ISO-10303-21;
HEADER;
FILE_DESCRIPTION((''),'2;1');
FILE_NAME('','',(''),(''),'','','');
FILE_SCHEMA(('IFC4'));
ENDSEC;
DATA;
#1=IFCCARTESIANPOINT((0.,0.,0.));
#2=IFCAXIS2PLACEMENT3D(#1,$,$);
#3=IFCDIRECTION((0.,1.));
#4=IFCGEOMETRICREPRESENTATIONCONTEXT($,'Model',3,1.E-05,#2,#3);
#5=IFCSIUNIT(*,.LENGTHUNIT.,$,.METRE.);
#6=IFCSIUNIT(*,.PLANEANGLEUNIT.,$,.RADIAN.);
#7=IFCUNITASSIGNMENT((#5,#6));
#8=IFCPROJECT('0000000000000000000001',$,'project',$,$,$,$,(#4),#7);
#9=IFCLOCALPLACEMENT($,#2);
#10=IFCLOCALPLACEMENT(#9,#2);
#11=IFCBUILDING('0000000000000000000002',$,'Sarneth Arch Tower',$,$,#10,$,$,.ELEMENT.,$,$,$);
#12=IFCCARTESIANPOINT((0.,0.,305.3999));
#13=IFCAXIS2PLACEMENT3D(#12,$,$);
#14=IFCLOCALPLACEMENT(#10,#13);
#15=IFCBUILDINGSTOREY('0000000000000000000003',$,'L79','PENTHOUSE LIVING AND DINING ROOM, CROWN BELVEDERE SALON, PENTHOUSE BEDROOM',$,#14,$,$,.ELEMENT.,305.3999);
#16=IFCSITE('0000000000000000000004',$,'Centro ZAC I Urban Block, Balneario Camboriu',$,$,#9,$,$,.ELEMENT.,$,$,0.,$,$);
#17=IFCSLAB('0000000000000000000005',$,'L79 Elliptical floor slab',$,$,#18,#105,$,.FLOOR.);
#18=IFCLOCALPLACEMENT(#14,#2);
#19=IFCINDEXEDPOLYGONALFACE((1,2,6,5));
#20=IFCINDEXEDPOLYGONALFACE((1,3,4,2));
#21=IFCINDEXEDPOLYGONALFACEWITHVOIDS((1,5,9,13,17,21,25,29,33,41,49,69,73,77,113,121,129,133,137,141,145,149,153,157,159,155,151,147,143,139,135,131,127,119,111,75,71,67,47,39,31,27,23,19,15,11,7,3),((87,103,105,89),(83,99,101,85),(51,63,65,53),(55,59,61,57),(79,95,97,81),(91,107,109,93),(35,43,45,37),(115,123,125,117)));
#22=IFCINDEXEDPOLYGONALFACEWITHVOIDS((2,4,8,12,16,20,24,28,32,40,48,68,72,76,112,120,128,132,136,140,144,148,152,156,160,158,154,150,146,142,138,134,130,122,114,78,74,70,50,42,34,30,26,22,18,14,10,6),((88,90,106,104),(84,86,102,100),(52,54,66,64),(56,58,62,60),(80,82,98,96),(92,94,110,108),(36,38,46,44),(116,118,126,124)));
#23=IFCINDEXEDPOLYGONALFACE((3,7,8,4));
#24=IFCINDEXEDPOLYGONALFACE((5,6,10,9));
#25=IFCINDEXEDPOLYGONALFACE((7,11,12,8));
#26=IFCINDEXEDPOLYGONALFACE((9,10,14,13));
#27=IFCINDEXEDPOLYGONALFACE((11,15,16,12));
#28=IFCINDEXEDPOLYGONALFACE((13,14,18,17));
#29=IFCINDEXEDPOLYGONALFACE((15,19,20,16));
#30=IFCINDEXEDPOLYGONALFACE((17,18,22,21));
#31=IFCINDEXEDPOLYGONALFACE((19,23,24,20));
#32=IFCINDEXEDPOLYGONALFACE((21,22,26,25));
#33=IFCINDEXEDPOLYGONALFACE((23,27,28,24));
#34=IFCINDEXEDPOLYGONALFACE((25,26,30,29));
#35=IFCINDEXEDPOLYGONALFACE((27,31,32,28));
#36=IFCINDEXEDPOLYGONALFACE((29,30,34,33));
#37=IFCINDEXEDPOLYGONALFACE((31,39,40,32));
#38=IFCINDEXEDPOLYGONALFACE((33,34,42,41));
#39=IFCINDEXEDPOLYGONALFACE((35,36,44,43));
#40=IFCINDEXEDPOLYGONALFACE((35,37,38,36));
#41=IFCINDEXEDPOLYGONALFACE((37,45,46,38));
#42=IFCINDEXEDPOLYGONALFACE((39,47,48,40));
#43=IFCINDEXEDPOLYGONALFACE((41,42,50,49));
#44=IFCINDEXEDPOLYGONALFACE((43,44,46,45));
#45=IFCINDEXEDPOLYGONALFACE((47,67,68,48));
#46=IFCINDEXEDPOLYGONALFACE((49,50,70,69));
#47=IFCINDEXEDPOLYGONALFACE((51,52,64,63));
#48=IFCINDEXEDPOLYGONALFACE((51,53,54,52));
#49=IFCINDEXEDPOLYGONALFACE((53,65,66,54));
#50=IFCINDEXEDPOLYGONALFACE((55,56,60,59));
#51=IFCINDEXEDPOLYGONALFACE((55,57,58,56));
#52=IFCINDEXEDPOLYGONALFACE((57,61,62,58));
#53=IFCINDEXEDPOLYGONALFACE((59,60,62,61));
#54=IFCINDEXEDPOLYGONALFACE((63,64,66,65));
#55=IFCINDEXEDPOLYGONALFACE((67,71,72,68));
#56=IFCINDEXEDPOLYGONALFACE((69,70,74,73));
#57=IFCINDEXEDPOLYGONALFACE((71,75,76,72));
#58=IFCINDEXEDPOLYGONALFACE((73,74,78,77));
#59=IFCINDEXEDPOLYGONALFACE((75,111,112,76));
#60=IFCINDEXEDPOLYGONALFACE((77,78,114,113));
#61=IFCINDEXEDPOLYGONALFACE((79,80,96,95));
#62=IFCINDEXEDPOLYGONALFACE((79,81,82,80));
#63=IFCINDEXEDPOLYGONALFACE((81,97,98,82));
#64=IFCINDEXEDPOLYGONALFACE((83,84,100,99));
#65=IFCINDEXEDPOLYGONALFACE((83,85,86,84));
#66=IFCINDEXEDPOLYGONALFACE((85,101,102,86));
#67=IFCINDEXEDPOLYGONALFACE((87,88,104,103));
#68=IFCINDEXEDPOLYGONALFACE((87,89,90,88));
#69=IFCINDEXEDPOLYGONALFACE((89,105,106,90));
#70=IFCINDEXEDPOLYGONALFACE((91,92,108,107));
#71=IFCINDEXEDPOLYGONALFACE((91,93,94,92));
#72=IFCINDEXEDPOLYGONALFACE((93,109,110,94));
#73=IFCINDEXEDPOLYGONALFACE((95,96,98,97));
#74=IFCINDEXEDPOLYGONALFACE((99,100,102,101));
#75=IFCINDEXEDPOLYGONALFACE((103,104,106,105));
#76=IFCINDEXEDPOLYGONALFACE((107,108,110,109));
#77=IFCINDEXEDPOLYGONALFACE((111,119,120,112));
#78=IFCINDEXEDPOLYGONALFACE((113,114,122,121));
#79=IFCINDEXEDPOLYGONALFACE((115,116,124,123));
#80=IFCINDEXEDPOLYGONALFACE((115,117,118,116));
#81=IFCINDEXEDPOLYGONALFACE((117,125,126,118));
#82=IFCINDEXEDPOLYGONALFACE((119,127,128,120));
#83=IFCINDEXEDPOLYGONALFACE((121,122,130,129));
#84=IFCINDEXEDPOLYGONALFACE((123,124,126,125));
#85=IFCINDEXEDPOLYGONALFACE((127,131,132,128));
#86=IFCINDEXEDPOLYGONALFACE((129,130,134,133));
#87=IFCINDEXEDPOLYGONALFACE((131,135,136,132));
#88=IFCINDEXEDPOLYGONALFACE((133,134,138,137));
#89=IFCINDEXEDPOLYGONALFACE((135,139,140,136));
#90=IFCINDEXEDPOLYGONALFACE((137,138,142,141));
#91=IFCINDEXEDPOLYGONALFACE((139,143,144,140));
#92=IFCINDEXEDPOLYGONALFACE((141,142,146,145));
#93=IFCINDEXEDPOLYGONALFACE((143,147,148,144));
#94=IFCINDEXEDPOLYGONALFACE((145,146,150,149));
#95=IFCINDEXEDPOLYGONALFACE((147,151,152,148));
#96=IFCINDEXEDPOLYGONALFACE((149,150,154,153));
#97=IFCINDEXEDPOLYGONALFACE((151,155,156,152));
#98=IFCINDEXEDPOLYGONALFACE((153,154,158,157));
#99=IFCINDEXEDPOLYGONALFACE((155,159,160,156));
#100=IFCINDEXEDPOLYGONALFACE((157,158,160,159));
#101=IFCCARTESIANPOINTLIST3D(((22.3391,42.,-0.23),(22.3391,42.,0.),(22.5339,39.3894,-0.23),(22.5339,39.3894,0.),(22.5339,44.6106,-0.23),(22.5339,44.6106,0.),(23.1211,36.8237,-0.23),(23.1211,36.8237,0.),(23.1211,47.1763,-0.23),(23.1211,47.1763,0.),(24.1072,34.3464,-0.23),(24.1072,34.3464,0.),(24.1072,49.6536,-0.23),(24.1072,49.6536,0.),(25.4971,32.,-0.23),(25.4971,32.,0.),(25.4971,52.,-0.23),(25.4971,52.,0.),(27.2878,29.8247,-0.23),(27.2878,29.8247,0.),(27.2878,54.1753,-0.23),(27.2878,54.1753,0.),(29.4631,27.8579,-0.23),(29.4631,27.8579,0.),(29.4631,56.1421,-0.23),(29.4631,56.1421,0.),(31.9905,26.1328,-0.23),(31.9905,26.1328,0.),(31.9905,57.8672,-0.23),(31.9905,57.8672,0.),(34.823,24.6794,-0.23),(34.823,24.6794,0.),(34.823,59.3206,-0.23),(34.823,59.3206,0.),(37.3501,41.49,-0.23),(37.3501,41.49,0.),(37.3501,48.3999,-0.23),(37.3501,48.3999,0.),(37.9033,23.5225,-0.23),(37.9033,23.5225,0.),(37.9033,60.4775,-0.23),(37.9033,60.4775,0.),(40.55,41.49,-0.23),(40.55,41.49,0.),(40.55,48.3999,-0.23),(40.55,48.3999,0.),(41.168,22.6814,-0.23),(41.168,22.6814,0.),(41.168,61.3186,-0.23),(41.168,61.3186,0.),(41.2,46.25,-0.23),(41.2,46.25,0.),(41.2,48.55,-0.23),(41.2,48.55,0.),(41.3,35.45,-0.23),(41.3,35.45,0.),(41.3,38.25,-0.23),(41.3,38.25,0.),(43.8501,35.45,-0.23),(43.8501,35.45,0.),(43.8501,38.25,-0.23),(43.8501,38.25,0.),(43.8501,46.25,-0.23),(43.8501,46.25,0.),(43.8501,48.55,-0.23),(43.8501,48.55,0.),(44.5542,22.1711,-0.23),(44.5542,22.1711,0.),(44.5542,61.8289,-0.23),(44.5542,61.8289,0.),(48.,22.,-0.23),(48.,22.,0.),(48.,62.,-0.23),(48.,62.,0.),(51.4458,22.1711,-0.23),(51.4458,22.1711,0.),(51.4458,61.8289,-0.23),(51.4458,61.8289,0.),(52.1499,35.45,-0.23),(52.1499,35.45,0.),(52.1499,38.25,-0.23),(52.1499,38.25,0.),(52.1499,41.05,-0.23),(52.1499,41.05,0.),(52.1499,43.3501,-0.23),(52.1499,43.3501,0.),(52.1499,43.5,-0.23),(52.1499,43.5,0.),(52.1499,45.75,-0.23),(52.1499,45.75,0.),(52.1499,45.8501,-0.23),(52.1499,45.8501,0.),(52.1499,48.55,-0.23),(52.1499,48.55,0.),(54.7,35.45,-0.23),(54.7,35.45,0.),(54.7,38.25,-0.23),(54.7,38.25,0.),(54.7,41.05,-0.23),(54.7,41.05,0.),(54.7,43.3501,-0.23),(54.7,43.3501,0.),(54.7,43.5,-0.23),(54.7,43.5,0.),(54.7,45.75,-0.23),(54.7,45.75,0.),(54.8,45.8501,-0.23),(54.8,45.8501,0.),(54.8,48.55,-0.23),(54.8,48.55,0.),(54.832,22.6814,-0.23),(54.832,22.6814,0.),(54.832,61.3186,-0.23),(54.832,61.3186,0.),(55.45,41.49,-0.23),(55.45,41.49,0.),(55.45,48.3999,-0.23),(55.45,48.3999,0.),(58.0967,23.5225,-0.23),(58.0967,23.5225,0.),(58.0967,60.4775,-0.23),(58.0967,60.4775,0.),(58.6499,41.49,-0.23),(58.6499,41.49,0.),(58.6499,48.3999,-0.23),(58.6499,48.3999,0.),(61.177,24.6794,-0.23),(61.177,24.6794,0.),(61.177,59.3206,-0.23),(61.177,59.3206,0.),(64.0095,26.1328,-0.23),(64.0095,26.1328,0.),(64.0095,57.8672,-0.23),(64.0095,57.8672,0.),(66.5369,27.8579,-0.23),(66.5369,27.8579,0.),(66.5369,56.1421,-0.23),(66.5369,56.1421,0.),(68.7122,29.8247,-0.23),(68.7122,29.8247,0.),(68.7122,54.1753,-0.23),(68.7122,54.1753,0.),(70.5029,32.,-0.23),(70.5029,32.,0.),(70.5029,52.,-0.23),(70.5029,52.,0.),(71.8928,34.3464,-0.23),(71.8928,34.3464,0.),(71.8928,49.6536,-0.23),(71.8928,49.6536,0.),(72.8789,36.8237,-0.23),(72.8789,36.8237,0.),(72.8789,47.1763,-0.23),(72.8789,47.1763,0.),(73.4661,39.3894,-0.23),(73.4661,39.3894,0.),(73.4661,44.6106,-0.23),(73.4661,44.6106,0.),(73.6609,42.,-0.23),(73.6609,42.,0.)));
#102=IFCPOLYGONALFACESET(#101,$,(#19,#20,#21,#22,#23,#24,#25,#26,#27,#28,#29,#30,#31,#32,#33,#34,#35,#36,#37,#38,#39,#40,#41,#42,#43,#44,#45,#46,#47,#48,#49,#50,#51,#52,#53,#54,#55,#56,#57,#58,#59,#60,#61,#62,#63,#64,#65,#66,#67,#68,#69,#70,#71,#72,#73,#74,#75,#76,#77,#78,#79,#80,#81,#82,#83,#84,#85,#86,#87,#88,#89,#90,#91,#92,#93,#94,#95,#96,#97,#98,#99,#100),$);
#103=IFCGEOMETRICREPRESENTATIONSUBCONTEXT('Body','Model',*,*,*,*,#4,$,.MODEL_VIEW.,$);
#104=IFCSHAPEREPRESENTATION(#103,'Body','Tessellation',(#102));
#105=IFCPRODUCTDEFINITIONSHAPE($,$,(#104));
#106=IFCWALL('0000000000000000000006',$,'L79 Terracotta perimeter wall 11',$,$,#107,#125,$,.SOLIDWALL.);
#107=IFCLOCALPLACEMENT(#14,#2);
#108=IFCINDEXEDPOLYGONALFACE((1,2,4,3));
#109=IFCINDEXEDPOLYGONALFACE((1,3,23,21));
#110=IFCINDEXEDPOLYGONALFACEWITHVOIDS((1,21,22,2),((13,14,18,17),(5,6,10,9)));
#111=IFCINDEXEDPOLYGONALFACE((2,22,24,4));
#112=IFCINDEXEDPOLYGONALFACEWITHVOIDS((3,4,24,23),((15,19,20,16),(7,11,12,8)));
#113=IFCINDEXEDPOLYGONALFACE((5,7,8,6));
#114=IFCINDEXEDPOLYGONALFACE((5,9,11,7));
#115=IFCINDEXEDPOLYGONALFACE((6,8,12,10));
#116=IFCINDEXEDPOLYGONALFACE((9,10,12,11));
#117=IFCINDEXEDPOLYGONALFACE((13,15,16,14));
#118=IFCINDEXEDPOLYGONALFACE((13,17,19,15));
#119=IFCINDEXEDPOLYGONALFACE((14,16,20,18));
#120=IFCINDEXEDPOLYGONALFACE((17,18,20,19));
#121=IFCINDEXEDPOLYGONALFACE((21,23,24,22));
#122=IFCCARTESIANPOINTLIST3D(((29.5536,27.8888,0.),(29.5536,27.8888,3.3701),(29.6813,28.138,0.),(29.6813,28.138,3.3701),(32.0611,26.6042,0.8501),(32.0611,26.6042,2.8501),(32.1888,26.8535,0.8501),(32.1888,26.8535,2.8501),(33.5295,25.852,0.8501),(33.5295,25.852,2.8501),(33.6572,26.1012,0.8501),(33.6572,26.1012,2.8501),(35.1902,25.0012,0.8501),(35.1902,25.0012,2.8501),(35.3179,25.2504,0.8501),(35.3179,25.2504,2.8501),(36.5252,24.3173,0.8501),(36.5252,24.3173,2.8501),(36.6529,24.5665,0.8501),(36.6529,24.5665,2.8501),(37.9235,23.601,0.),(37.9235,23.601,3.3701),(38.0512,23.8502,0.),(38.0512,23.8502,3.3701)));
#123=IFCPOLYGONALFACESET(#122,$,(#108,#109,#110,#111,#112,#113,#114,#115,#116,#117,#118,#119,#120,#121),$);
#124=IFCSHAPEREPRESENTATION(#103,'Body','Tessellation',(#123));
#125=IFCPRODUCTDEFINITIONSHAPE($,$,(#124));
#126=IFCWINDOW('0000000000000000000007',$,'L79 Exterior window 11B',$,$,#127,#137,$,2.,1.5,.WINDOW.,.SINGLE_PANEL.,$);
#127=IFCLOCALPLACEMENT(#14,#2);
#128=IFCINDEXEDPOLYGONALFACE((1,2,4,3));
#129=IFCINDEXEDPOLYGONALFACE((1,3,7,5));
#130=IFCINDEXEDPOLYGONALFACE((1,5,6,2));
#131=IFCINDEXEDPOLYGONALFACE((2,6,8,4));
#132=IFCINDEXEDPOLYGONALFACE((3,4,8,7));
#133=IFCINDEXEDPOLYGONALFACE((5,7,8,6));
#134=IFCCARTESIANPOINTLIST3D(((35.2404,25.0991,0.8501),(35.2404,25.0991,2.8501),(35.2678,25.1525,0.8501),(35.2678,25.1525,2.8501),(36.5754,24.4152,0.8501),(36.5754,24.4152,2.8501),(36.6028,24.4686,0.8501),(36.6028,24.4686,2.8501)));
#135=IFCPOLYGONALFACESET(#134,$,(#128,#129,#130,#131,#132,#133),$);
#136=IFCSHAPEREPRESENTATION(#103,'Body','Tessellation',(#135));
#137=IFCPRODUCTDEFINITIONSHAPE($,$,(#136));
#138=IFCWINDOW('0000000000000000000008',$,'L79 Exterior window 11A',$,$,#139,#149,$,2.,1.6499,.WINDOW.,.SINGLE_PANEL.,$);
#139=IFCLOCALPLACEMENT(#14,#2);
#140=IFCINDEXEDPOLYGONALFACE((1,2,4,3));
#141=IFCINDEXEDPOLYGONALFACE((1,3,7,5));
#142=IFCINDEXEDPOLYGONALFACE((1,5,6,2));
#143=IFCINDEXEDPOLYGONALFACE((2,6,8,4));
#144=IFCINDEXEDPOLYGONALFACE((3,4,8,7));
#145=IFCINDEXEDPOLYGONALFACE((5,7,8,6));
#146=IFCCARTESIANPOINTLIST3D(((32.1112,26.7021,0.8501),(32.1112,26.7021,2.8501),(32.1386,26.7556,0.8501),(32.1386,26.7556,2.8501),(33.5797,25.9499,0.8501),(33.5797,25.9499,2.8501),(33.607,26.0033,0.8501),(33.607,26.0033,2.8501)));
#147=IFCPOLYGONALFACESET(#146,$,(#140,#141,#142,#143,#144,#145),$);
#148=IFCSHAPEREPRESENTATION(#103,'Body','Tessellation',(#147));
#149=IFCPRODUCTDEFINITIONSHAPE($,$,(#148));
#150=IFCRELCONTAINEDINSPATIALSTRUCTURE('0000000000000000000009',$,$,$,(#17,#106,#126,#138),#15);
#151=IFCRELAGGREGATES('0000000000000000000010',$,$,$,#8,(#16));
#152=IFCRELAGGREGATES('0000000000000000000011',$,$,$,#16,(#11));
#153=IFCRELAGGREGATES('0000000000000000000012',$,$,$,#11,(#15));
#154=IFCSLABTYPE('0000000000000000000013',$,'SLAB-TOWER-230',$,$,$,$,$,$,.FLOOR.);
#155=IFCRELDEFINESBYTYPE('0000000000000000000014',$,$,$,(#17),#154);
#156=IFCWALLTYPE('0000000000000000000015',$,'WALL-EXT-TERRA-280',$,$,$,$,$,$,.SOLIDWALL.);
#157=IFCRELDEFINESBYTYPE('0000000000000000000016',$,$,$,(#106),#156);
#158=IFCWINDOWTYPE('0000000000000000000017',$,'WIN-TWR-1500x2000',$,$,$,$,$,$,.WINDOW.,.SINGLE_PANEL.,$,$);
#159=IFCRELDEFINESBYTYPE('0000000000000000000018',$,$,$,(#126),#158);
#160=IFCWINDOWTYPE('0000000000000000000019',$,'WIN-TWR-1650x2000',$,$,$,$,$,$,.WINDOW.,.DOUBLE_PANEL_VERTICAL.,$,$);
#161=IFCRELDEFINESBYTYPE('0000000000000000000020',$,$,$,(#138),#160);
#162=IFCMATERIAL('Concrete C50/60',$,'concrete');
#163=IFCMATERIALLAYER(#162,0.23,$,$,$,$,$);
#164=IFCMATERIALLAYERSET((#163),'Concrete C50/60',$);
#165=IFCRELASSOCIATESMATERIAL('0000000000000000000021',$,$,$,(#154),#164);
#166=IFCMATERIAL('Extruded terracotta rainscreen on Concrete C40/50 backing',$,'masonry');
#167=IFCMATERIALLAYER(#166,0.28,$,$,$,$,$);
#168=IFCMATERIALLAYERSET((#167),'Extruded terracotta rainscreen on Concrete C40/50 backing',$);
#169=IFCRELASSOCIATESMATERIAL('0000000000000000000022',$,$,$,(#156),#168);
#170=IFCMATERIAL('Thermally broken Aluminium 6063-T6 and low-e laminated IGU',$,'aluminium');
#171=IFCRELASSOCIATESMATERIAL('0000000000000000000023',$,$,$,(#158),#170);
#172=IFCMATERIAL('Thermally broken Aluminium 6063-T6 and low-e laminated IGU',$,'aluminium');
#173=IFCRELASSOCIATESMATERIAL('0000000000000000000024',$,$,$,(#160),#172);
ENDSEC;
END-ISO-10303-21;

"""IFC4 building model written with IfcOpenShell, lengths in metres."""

from ifc_helpers import new_model, si_unit, direction, frame, frame_2d, origin, place, context, subcontext, project, spatial, polyline, rectangle, outline, extrude, material, layer, layer_set, type_object, element, fill, save


model = new_model("IFC4")

# Units and contexts
model_context = context("Model", 3, precision=1e-05, world=origin(), true_north=direction((0.0, 1.0)))
body_context = subcontext(model_context, "Body", "Model", "MODEL_VIEW")
ifc_project = project(units=[si_unit("LENGTHUNIT", "METRE"), si_unit("PLANEANGLEUNIT", "RADIAN")], contexts=[model_context])

# Site, building, storey
site_placement = place(None, origin())
site = spatial("IfcSite", under=ifc_project, at=site_placement, Name="Centro ZAC I Urban Block, Balneario Camboriu", CompositionType="ELEMENT", RefElevation=0.0)
building_placement = place(site_placement, origin())
building = spatial("IfcBuilding", under=site, at=building_placement, Name="Sarneth Arch Tower", CompositionType="ELEMENT")
storey_placement = place(building_placement, frame((0.0, 0.0, 305.3999)))
storey = spatial("IfcBuildingStorey", under=building, at=storey_placement, Name="L79", Description="PENTHOUSE LIVING AND DINING ROOM, CROWN BELVEDERE SALON, PENTHOUSE BEDROOM", CompositionType="ELEMENT", Elevation=305.3999)

# Slab
ifc_material_1 = material(Name="Concrete C50/60", Category="concrete")
ifc_layer_1 = layer(ifc_material_1, 0.23)
ifc_layer_set_1 = layer_set([ifc_layer_1], Name="Concrete C50/60")
slab_type_1 = type_object("IfcSlabType", Name="SLAB-TOWER-230", PredefinedType="FLOOR", material=ifc_layer_set_1)
slab_1_placement = place(storey_placement, frame((0.0, 0.0, -0.23)))
element("IfcSlab", 1, at=slab_1_placement, inside=storey, type_object=slab_type_1, Name="L79 Elliptical floor slab", PredefinedType="FLOOR", context=body_context, shape_type="SweptSolid", body=[
    extrude(outline(polyline([(73.6609, 42.0), (73.4661, 44.6106), (72.8789, 47.1763), (71.8928, 49.6536), (70.5029, 52.0), (68.7122, 54.1753), (66.5369, 56.1421), (64.0095, 57.8672), (61.177, 59.3206), (58.0967, 60.4775), (54.832, 61.3186), (51.4458, 61.8289), (48.0, 62.0), (44.5542, 61.8289), (41.168, 61.3186), (37.9033, 60.4775), (34.823, 59.3206), (31.9905, 57.8672), (29.4631, 56.1421), (27.2878, 54.1753), (25.4971, 52.0), (24.1072, 49.6536), (23.1211, 47.1763), (22.5339, 44.6106), (22.3391, 42.0), (22.5339, 39.3894), (23.1211, 36.8237), (24.1072, 34.3464), (25.4971, 32.0), (27.2878, 29.8247), (29.4631, 27.8579), (31.9905, 26.1328), (34.823, 24.6794), (37.9033, 23.5225), (41.168, 22.6814), (44.5542, 22.1711), (48.0, 22.0), (51.4458, 22.1711), (54.832, 22.6814), (58.0967, 23.5225), (61.177, 24.6794), (64.0095, 26.1328), (66.5369, 27.8579), (68.7122, 29.8247), (70.5029, 32.0), (71.8928, 34.3464), (72.8789, 36.8237), (73.4661, 39.3894), (73.6609, 42.0)]), holes=[polyline([(37.3501, 41.49), (40.55, 41.49), (40.55, 48.3999), (37.3501, 48.3999), (37.3501, 41.49)]), polyline([(55.45, 41.49), (58.6499, 41.49), (58.6499, 48.3999), (55.45, 48.3999), (55.45, 41.49)]), polyline([(41.2, 46.25), (43.8501, 46.25), (43.8501, 48.55), (41.2, 48.55), (41.2, 46.25)]), polyline([(41.3, 35.45), (43.8501, 35.45), (43.8501, 38.25), (41.3, 38.25), (41.3, 35.45)]), polyline([(52.1499, 35.45), (54.7, 35.45), (54.7, 38.25), (52.1499, 38.25), (52.1499, 35.45)]), polyline([(52.1499, 45.8501), (54.8, 45.8501), (54.8, 48.55), (52.1499, 48.55), (52.1499, 45.8501)]), polyline([(52.1499, 41.05), (54.7, 41.05), (54.7, 43.3501), (52.1499, 43.3501), (52.1499, 41.05)]), polyline([(52.1499, 43.5), (54.7, 43.5), (54.7, 45.75), (52.1499, 45.75), (52.1499, 43.5)])]), origin(), (0.0, 0.0, 1.0), 0.23),
])

# Wall, openings, windows
ifc_material_2 = material(Name="Extruded terracotta rainscreen on Concrete C40/50 backing", Category="masonry")
ifc_layer_2 = layer(ifc_material_2, 0.28)
ifc_layer_set_2 = layer_set([ifc_layer_2], Name="Extruded terracotta rainscreen on Concrete C40/50 backing")
wall_type = type_object("IfcWallType", Name="WALL-EXT-TERRA-280", PredefinedType="SOLIDWALL", material=ifc_layer_set_2)
wall_placement = place(storey_placement, frame((29.6174, 28.0134, 0.0), z_axis=(0.0, 0.0, 1.0), x_axis=(0.890007, -0.455946, 0.0)))
wall = element("IfcWall", 2, at=wall_placement, inside=storey, type_object=wall_type, Name="L79 Terracotta perimeter wall 11", PredefinedType="SOLIDWALL", context=body_context, shape_type="SweptSolid", body=[
    extrude(rectangle(XDim=9.4043, YDim=0.28, at=frame_2d((4.7021, 0.0))), origin(), (0.0, 0.0, 1.0), 3.3701),
])
opening_1_placement = place(wall_placement, frame((2.8174, 0.0, 0.8501)))
opening_1 = element("IfcOpeningElement", 3, at=opening_1_placement, cuts=wall, PredefinedType="OPENING", context=body_context, shape_type="SweptSolid", body=[
    extrude(rectangle(XDim=1.6499, YDim=2.0, at=frame_2d((0.825, 1.0))), frame((0.0, 0.1499, 0.0), z_axis=(0.0, -1.0, 0.0), x_axis=(1.0, 0.0, 0.0)), (0.0, 0.0, 1.0), 0.3),
])
opening_2_placement = place(wall_placement, frame((6.3333, 0.0, 0.8501)))
opening_2 = element("IfcOpeningElement", 4, at=opening_2_placement, cuts=wall, PredefinedType="OPENING", context=body_context, shape_type="SweptSolid", body=[
    extrude(rectangle(XDim=1.5, YDim=2.0, at=frame_2d((0.75, 1.0))), frame((0.0, 0.1499, 0.0), z_axis=(0.0, -1.0, 0.0), x_axis=(1.0, 0.0, 0.0)), (0.0, 0.0, 1.0), 0.3),
])
ifc_material_3 = material(Name="Thermally broken Aluminium 6063-T6 and low-e laminated IGU", Category="aluminium")
window_type_1 = type_object("IfcWindowType", Name="WIN-TWR-1500x2000", PartitioningType="SINGLE_PANEL", PredefinedType="WINDOW", material=ifc_material_3)
window_1_placement = place(opening_2_placement, origin())
window_1 = element("IfcWindow", 5, at=window_1_placement, inside=storey, type_object=window_type_1, Name="L79 Exterior window 11B", OverallHeight=2.0, OverallWidth=1.5, PartitioningType="SINGLE_PANEL", PredefinedType="WINDOW", context=body_context, shape_type="SweptSolid", body=[
    extrude(rectangle(XDim=1.5, YDim=2.0, at=frame_2d((0.75, 1.0))), frame((0.0, 0.03, 0.0), z_axis=(0.0, -1.0, 0.0), x_axis=(1.0, 0.0, 0.0)), (0.0, 0.0, 1.0), 0.0601),
])
fill(opening_2, window_1)
ifc_material_4 = material(Name="Thermally broken Aluminium 6063-T6 and low-e laminated IGU", Category="aluminium")
window_type_2 = type_object("IfcWindowType", Name="WIN-TWR-1650x2000", PartitioningType="DOUBLE_PANEL_VERTICAL", PredefinedType="WINDOW", material=ifc_material_4)
window_2_placement = place(opening_1_placement, origin())
window_2 = element("IfcWindow", 6, at=window_2_placement, inside=storey, type_object=window_type_2, Name="L79 Exterior window 11A", OverallHeight=2.0, OverallWidth=1.6499, PartitioningType="SINGLE_PANEL", PredefinedType="WINDOW", context=body_context, shape_type="SweptSolid", body=[
    extrude(rectangle(XDim=1.6499, YDim=2.0, at=frame_2d((0.825, 1.0))), frame((0.0, 0.03, 0.0), z_axis=(0.0, -1.0, 0.0), x_axis=(1.0, 0.0, 0.0)), (0.0, 0.0, 1.0), 0.0601),
])
fill(opening_1, window_2)

save(model, "model.ifc")
